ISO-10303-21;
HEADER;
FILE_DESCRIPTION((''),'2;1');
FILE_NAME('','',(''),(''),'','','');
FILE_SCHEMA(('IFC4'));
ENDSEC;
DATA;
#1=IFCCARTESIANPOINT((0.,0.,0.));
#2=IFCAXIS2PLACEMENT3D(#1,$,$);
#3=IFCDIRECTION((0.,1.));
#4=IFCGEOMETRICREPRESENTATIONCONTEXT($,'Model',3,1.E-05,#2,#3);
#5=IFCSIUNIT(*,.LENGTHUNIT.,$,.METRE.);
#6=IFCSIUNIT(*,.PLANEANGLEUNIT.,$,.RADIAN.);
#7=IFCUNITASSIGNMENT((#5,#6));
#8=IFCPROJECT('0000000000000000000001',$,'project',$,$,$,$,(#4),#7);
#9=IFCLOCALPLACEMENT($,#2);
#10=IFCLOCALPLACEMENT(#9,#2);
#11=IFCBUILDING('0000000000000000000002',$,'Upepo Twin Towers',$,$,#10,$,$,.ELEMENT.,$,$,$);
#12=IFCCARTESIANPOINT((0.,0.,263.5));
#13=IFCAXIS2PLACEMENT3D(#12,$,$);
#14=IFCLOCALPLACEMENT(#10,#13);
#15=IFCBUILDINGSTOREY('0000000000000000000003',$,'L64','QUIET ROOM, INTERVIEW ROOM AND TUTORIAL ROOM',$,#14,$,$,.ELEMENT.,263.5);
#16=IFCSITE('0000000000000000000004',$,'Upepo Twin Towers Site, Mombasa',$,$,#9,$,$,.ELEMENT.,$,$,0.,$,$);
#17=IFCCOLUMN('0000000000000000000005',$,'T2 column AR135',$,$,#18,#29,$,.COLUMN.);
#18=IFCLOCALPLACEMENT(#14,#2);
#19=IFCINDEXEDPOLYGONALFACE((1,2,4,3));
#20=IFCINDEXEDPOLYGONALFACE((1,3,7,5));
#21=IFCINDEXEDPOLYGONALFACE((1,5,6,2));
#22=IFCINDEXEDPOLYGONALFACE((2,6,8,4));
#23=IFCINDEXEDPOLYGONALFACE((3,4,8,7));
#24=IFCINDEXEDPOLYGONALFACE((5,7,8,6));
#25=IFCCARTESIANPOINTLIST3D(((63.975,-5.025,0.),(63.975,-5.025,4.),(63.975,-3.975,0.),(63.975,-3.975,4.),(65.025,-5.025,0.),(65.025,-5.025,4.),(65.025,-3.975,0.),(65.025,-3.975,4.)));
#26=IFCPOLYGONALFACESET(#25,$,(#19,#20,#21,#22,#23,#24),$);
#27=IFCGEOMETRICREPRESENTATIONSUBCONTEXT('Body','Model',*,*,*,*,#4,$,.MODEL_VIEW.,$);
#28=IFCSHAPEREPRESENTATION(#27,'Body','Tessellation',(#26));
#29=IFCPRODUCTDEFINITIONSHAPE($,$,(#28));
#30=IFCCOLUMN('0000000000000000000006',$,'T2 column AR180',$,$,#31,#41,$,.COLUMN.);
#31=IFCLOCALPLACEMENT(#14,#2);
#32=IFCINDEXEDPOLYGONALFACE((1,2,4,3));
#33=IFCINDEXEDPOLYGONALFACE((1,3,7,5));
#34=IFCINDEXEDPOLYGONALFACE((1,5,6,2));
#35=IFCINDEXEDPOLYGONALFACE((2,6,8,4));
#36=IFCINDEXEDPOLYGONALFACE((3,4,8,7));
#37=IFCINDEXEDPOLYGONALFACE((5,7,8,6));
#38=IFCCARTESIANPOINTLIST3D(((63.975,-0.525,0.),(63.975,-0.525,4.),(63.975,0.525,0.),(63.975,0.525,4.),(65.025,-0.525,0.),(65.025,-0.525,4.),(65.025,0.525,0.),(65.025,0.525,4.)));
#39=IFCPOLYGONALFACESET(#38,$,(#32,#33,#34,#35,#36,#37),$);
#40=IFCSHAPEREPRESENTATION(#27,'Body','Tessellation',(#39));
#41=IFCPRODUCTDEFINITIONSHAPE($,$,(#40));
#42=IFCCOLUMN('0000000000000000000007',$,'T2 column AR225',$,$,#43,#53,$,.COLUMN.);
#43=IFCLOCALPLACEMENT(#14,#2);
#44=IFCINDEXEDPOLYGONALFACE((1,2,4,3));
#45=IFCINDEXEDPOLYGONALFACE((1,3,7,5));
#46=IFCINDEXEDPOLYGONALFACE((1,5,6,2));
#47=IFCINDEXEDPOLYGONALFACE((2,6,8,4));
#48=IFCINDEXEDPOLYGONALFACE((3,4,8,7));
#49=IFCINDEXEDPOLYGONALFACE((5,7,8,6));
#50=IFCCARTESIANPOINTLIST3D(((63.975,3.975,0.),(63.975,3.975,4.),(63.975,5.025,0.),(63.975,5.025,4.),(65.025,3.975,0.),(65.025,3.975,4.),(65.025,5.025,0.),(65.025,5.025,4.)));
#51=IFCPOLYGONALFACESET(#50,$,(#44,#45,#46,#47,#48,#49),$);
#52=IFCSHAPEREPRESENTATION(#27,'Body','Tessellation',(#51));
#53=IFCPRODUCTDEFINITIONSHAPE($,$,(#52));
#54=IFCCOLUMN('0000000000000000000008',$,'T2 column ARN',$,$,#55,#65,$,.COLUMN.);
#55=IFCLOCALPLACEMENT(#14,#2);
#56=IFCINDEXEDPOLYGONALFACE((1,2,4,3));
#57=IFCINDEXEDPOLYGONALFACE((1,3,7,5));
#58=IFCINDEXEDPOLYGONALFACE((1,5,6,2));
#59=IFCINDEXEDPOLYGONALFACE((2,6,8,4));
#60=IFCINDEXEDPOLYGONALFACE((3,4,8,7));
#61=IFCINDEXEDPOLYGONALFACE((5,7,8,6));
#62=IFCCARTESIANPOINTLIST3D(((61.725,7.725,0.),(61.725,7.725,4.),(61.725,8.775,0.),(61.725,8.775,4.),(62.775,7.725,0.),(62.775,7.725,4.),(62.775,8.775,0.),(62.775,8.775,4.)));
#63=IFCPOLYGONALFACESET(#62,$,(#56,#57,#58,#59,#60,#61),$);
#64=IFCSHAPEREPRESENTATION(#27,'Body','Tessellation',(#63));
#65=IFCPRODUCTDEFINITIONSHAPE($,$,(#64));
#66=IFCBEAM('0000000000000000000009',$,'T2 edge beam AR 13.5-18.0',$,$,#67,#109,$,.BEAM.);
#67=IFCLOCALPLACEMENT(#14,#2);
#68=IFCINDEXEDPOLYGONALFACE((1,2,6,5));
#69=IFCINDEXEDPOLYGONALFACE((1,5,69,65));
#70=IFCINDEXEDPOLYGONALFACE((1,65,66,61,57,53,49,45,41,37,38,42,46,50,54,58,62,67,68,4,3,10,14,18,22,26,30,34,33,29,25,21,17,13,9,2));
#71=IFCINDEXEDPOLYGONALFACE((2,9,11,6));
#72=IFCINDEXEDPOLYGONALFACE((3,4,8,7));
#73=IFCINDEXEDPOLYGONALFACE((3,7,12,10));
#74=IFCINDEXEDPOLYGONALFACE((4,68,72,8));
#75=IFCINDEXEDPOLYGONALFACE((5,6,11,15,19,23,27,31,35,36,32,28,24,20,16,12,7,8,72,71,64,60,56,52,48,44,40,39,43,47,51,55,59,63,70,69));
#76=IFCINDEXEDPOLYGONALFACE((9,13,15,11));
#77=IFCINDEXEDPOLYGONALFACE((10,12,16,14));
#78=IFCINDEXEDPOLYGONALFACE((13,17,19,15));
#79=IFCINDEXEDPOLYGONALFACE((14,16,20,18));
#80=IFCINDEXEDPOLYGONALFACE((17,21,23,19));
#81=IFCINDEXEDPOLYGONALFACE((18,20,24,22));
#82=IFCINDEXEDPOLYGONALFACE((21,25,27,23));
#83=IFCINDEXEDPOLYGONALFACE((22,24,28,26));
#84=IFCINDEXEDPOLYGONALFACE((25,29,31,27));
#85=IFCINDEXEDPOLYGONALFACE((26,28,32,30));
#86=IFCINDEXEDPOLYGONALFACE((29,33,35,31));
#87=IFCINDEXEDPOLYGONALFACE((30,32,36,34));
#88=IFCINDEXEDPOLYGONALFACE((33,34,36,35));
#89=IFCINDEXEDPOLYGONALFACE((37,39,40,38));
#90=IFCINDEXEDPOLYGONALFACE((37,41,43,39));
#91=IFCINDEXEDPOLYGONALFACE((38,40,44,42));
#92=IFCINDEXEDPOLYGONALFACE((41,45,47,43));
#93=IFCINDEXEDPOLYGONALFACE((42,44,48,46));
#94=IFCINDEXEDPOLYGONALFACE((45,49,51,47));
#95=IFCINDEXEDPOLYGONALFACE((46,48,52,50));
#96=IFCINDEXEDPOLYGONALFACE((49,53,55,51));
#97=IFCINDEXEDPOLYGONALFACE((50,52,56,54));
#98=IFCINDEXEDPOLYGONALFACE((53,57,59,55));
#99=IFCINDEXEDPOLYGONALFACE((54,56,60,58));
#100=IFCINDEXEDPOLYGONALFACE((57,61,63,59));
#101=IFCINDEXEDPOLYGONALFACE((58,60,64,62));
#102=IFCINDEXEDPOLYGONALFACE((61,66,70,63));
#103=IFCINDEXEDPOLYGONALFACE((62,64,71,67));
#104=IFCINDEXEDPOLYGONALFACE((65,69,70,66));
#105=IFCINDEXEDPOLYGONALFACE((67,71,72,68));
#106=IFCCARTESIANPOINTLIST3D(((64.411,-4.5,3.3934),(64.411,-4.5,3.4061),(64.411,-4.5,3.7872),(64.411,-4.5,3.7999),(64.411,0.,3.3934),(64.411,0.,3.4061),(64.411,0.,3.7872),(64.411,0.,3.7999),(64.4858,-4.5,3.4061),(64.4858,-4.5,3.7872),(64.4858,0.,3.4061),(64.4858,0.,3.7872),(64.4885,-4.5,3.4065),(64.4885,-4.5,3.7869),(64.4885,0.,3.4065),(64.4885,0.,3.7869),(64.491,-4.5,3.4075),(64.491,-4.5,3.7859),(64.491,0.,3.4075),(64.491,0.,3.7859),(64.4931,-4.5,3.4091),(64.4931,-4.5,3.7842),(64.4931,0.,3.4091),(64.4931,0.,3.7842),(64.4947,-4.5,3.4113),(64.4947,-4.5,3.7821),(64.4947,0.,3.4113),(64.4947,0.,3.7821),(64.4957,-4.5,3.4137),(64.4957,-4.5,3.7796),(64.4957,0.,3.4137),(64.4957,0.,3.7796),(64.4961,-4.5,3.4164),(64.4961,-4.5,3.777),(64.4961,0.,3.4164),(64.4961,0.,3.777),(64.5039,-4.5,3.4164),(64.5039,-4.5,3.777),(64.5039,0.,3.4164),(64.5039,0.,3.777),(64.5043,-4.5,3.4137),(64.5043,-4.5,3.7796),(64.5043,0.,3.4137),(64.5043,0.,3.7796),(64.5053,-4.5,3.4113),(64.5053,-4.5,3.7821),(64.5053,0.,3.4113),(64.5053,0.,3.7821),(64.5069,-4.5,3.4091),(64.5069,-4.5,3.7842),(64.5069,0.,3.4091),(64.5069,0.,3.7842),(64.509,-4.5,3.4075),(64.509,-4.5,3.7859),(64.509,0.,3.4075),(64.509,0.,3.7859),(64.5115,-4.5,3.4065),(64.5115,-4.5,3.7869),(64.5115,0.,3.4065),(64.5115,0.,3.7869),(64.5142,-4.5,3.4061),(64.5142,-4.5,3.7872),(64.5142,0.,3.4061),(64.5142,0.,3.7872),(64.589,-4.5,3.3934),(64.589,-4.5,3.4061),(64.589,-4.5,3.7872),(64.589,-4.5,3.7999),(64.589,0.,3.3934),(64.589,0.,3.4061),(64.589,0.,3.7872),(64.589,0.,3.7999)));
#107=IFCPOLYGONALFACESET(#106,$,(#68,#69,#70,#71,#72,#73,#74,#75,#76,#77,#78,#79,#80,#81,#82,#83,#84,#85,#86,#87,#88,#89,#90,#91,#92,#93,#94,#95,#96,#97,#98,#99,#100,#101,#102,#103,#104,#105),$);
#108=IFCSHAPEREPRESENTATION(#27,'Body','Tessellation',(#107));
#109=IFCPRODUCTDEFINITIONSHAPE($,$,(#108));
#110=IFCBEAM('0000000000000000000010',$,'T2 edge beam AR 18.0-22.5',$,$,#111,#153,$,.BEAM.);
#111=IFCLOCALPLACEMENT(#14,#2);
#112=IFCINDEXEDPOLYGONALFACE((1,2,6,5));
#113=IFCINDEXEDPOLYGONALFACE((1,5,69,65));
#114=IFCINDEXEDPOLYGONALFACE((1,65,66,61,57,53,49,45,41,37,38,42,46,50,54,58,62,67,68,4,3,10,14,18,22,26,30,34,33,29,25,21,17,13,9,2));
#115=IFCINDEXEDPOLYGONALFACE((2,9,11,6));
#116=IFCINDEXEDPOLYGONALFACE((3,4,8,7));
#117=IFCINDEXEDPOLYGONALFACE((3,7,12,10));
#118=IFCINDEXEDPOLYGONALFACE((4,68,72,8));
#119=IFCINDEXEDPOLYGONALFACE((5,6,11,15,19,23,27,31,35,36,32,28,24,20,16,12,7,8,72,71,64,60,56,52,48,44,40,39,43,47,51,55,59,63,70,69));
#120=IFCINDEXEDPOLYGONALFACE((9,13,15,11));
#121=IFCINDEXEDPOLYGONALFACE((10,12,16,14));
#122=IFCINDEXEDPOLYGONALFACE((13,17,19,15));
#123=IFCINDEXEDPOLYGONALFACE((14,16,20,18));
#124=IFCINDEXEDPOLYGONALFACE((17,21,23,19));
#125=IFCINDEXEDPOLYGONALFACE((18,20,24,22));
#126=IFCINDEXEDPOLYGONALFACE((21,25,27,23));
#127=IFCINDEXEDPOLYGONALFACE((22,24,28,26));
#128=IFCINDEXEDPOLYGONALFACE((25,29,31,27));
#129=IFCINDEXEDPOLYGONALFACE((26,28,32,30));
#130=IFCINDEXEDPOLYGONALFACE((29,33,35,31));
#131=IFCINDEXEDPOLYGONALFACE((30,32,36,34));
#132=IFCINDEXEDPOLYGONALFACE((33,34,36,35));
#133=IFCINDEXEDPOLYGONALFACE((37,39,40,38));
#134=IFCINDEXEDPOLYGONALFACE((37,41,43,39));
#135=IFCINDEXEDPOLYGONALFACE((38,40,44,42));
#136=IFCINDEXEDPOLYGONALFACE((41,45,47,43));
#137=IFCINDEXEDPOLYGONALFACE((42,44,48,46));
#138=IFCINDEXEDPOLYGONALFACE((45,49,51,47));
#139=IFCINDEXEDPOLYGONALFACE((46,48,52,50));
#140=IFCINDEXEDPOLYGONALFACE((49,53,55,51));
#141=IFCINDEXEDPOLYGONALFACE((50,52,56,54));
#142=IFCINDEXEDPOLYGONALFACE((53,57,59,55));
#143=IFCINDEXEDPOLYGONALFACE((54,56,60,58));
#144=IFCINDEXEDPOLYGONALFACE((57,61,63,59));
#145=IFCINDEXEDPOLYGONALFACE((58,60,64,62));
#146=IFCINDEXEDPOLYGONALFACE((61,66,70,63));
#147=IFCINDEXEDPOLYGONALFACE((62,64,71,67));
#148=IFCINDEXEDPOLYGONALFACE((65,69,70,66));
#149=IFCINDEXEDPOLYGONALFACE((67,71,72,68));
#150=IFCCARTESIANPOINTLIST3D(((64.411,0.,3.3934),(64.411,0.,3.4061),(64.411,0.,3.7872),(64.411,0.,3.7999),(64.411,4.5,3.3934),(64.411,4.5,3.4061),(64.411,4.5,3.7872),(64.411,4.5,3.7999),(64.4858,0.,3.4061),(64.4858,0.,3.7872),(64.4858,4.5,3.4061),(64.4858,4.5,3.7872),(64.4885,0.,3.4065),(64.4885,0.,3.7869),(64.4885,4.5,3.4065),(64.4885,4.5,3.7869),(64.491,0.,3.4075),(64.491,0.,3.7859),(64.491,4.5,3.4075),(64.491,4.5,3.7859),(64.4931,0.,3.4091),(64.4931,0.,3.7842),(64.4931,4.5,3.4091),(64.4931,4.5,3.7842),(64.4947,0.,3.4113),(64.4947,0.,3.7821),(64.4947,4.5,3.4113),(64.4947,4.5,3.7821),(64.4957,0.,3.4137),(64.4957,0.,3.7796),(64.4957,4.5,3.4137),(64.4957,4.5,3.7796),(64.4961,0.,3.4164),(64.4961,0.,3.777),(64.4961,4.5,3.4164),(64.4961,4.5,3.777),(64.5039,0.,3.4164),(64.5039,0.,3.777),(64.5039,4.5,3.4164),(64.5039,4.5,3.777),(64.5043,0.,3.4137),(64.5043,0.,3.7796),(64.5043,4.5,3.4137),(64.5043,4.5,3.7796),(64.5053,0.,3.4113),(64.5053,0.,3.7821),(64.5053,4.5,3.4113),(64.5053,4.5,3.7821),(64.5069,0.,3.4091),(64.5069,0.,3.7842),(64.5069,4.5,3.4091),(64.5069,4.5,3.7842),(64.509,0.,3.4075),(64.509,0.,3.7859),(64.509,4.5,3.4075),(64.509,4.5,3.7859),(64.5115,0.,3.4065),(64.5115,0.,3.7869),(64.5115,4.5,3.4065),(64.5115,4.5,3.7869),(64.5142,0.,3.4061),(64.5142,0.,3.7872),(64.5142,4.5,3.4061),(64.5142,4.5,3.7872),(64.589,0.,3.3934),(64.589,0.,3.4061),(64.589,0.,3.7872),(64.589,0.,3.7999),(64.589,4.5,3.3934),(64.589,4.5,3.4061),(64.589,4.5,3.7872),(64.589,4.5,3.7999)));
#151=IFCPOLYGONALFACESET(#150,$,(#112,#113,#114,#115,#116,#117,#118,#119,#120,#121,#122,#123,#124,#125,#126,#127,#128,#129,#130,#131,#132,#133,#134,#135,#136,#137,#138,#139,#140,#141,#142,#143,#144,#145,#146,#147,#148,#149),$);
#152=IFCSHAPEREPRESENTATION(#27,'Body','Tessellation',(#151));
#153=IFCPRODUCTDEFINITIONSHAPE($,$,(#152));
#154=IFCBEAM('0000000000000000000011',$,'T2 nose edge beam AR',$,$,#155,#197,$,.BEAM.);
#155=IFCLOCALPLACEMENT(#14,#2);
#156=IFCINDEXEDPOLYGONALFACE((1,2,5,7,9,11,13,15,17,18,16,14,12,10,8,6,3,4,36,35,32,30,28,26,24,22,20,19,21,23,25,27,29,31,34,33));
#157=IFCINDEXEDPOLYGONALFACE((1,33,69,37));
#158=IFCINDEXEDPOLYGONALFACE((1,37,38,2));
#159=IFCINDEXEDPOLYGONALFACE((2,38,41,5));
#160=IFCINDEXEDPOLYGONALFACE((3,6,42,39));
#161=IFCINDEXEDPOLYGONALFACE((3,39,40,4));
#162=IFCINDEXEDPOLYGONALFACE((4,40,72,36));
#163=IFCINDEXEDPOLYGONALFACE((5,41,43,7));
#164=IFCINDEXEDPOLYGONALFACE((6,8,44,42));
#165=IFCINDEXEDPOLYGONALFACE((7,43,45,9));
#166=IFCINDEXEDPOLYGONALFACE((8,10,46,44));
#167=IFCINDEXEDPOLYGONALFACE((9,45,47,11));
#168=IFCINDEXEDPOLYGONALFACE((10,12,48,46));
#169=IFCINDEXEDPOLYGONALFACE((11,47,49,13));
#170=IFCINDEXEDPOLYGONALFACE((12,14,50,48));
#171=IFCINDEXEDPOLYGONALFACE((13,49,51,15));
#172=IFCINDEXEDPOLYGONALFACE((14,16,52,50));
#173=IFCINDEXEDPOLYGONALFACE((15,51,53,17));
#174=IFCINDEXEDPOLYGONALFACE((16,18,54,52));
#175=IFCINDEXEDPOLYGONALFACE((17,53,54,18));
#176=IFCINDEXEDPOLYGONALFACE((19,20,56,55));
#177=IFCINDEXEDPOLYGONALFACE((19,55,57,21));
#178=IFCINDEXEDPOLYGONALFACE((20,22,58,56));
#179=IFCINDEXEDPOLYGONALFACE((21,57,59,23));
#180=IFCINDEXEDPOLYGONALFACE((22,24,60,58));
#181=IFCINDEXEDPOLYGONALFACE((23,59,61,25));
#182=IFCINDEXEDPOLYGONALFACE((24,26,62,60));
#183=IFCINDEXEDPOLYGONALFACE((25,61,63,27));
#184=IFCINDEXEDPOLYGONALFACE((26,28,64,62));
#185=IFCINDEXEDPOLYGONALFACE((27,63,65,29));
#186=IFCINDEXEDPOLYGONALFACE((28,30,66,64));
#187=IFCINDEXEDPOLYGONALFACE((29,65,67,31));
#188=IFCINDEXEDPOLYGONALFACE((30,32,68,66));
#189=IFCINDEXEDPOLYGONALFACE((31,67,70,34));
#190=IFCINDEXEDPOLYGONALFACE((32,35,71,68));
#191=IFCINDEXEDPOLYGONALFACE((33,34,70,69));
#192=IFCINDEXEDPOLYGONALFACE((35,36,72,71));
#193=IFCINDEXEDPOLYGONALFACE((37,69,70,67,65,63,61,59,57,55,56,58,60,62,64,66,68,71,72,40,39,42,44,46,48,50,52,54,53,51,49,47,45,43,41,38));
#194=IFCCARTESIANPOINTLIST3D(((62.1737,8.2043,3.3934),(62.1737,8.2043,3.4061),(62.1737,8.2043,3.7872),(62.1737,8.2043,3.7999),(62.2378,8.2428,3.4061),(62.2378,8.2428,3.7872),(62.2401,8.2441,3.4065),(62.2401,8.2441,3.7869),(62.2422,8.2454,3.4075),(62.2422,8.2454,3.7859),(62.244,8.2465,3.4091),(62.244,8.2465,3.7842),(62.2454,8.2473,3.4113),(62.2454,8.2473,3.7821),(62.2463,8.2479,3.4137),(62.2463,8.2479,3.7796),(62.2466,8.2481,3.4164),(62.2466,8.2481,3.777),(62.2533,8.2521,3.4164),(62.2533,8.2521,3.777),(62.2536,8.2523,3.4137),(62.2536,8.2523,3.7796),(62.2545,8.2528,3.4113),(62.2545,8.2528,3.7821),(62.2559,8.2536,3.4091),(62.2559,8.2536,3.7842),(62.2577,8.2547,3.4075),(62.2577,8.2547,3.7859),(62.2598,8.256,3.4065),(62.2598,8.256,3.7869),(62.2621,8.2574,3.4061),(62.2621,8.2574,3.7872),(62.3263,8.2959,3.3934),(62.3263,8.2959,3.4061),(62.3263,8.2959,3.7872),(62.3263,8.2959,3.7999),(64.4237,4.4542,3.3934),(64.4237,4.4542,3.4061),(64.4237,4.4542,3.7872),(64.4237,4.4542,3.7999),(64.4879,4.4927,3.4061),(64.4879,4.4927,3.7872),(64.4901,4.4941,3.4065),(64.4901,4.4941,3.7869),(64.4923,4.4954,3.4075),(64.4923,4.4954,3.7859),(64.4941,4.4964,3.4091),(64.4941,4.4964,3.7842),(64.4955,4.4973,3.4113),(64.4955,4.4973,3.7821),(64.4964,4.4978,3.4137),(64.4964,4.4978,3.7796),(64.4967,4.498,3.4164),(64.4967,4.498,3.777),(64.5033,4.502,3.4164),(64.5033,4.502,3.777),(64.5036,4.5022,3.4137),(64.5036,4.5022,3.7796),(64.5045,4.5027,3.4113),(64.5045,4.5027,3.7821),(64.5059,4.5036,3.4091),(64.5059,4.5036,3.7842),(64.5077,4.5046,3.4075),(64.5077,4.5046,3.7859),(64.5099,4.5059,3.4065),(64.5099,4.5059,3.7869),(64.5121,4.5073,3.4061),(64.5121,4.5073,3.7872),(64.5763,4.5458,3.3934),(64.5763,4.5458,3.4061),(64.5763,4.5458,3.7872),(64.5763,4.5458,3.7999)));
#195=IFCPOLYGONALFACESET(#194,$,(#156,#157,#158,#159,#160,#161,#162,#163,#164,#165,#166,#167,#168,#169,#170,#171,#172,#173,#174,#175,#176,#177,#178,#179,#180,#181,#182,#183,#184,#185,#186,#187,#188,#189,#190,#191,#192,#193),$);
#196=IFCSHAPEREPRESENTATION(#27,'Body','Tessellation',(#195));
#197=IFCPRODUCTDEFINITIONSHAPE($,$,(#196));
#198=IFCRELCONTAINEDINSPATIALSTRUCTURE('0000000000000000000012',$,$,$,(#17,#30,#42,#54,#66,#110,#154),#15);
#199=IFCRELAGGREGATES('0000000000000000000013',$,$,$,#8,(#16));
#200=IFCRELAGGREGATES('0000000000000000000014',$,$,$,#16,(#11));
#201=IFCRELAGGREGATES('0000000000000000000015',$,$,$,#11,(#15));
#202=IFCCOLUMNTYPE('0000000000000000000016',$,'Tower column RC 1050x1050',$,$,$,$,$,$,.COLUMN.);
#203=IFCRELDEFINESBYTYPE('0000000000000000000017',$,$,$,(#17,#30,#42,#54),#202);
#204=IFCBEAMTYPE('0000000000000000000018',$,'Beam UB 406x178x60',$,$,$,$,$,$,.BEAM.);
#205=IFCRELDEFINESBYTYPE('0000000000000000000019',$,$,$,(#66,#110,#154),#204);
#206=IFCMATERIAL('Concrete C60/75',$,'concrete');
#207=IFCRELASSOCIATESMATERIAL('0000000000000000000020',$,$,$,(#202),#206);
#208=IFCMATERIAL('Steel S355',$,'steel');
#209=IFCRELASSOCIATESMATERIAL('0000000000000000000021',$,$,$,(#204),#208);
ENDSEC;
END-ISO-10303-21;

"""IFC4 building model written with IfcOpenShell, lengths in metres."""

from ifc_helpers import new_model, si_unit, direction, frame, origin, origin_2d, place, context, subcontext, project, spatial, rectangle, i_section, extrude, material, material_profile, profile_set, type_object, element, save


model = new_model("IFC4")

# Units and contexts
model_context = context("Model", 3, precision=1e-05, world=origin(), true_north=direction((0.0, 1.0)))
body_context = subcontext(model_context, "Body", "Model", "MODEL_VIEW")
ifc_project = project(units=[si_unit("LENGTHUNIT", "METRE"), si_unit("PLANEANGLEUNIT", "RADIAN")], contexts=[model_context])

# Site, building, storey
site_placement = place(None, origin())
site = spatial("IfcSite", under=ifc_project, at=site_placement, Name="Upepo Twin Towers Site, Mombasa", CompositionType="ELEMENT", RefElevation=0.0)
building_placement = place(site_placement, origin())
building = spatial("IfcBuilding", under=site, at=building_placement, Name="Upepo Twin Towers", CompositionType="ELEMENT")
storey_placement = place(building_placement, frame((0.0, 0.0, 263.5)))
storey = spatial("IfcBuildingStorey", under=building, at=storey_placement, Name="L64", Description="QUIET ROOM, INTERVIEW ROOM AND TUTORIAL ROOM", CompositionType="ELEMENT", Elevation=263.5)

# Columns
ifc_material_1 = material(Name="Concrete C60/75", Category="concrete")
ifc_material_profile_1 = material_profile(ifc_material_1, rectangle(XDim=1.05, YDim=1.05, at=origin_2d()), Name="RC 1050x1050")
ifc_profile_set_1 = profile_set([ifc_material_profile_1], Name="Concrete C60/75")
column_type = type_object("IfcColumnType", Name="Tower column RC 1050x1050", PredefinedType="COLUMN", material=ifc_profile_set_1)
for number, where, z_axis, x_axis, name in (
    (1, (64.5, -4.5, 0.0), (0.0, 0.0, 1.0), (1.0, 0.0, 0.0), "T2 column AR135"),
    (2, (64.5, 0.0, 0.0), (0.0, 0.0, 1.0), (1.0, 0.0, 0.0), "T2 column AR180"),
    (3, (64.5, 4.5, 0.0), (0.0, 0.0, 1.0), (1.0, 0.0, 0.0), "T2 column AR225"),
    (4, (62.25, 8.25, 0.0), (0.0, 0.0, 1.0), (1.0, 0.0, 0.0), "T2 column ARN"),
):
    element("IfcColumn", number, at=place(storey_placement, frame(where, z_axis=z_axis, x_axis=x_axis)), inside=storey, type_object=column_type, Name=name, PredefinedType="COLUMN", context=body_context, shape_type="SweptSolid", body=[
        extrude(rectangle(XDim=1.05, YDim=1.05, at=origin_2d()), origin(), (0.0, 0.0, 1.0), 4.0),
    ])

# Beams
ifc_material_2 = material(Name="Steel S355", Category="steel")
ifc_material_profile_2 = material_profile(ifc_material_2, i_section(OverallWidth=0.178, OverallDepth=0.4065, WebThickness=0.0078, FlangeThickness=0.0127, FilletRadius=0.0103, at=origin_2d()), Name="UB 406x178x60")
ifc_profile_set_2 = profile_set([ifc_material_profile_2], Name="Steel S355")
beam_type_1 = type_object("IfcBeamType", Name="Beam UB 406x178x60", PredefinedType="BEAM", material=ifc_profile_set_2)
for number, where, z_axis, x_axis, name in (
    (5, (64.5, -4.5, 3.5967), (0.0, 1.0, 0.0), (-1.0, 0.0, 0.0), "T2 edge beam AR 13.5-18.0"),
    (6, (64.5, 0.0, 3.5967), (0.0, 1.0, 0.0), (-1.0, 0.0, 0.0), "T2 edge beam AR 18.0-22.5"),
):
    element("IfcBeam", number, at=place(storey_placement, frame(where, z_axis=z_axis, x_axis=x_axis)), inside=storey, type_object=beam_type_1, Name=name, PredefinedType="BEAM", context=body_context, shape_type="SweptSolid", body=[
        extrude(i_section(OverallWidth=0.178, OverallDepth=0.4065, WebThickness=0.0078, FlangeThickness=0.0127, FilletRadius=0.0103, at=origin_2d()), origin(), (0.0, 0.0, 1.0), 4.5),
    ])
beam_1_placement = place(storey_placement, frame((64.5, 4.5, 3.5967), z_axis=(-0.514496, 0.857493, 0.0), x_axis=(-0.857493, -0.514496, 0.0)))
element("IfcBeam", 7, at=beam_1_placement, inside=storey, type_object=beam_type_1, Name="T2 nose edge beam AR", PredefinedType="BEAM", context=body_context, shape_type="SweptSolid", body=[
    extrude(i_section(OverallWidth=0.178, OverallDepth=0.4065, WebThickness=0.0078, FlangeThickness=0.0127, FilletRadius=0.0103, at=origin_2d()), origin(), (0.0, 0.0, 1.0), 4.3733),
])

save(model, "model.ifc")
